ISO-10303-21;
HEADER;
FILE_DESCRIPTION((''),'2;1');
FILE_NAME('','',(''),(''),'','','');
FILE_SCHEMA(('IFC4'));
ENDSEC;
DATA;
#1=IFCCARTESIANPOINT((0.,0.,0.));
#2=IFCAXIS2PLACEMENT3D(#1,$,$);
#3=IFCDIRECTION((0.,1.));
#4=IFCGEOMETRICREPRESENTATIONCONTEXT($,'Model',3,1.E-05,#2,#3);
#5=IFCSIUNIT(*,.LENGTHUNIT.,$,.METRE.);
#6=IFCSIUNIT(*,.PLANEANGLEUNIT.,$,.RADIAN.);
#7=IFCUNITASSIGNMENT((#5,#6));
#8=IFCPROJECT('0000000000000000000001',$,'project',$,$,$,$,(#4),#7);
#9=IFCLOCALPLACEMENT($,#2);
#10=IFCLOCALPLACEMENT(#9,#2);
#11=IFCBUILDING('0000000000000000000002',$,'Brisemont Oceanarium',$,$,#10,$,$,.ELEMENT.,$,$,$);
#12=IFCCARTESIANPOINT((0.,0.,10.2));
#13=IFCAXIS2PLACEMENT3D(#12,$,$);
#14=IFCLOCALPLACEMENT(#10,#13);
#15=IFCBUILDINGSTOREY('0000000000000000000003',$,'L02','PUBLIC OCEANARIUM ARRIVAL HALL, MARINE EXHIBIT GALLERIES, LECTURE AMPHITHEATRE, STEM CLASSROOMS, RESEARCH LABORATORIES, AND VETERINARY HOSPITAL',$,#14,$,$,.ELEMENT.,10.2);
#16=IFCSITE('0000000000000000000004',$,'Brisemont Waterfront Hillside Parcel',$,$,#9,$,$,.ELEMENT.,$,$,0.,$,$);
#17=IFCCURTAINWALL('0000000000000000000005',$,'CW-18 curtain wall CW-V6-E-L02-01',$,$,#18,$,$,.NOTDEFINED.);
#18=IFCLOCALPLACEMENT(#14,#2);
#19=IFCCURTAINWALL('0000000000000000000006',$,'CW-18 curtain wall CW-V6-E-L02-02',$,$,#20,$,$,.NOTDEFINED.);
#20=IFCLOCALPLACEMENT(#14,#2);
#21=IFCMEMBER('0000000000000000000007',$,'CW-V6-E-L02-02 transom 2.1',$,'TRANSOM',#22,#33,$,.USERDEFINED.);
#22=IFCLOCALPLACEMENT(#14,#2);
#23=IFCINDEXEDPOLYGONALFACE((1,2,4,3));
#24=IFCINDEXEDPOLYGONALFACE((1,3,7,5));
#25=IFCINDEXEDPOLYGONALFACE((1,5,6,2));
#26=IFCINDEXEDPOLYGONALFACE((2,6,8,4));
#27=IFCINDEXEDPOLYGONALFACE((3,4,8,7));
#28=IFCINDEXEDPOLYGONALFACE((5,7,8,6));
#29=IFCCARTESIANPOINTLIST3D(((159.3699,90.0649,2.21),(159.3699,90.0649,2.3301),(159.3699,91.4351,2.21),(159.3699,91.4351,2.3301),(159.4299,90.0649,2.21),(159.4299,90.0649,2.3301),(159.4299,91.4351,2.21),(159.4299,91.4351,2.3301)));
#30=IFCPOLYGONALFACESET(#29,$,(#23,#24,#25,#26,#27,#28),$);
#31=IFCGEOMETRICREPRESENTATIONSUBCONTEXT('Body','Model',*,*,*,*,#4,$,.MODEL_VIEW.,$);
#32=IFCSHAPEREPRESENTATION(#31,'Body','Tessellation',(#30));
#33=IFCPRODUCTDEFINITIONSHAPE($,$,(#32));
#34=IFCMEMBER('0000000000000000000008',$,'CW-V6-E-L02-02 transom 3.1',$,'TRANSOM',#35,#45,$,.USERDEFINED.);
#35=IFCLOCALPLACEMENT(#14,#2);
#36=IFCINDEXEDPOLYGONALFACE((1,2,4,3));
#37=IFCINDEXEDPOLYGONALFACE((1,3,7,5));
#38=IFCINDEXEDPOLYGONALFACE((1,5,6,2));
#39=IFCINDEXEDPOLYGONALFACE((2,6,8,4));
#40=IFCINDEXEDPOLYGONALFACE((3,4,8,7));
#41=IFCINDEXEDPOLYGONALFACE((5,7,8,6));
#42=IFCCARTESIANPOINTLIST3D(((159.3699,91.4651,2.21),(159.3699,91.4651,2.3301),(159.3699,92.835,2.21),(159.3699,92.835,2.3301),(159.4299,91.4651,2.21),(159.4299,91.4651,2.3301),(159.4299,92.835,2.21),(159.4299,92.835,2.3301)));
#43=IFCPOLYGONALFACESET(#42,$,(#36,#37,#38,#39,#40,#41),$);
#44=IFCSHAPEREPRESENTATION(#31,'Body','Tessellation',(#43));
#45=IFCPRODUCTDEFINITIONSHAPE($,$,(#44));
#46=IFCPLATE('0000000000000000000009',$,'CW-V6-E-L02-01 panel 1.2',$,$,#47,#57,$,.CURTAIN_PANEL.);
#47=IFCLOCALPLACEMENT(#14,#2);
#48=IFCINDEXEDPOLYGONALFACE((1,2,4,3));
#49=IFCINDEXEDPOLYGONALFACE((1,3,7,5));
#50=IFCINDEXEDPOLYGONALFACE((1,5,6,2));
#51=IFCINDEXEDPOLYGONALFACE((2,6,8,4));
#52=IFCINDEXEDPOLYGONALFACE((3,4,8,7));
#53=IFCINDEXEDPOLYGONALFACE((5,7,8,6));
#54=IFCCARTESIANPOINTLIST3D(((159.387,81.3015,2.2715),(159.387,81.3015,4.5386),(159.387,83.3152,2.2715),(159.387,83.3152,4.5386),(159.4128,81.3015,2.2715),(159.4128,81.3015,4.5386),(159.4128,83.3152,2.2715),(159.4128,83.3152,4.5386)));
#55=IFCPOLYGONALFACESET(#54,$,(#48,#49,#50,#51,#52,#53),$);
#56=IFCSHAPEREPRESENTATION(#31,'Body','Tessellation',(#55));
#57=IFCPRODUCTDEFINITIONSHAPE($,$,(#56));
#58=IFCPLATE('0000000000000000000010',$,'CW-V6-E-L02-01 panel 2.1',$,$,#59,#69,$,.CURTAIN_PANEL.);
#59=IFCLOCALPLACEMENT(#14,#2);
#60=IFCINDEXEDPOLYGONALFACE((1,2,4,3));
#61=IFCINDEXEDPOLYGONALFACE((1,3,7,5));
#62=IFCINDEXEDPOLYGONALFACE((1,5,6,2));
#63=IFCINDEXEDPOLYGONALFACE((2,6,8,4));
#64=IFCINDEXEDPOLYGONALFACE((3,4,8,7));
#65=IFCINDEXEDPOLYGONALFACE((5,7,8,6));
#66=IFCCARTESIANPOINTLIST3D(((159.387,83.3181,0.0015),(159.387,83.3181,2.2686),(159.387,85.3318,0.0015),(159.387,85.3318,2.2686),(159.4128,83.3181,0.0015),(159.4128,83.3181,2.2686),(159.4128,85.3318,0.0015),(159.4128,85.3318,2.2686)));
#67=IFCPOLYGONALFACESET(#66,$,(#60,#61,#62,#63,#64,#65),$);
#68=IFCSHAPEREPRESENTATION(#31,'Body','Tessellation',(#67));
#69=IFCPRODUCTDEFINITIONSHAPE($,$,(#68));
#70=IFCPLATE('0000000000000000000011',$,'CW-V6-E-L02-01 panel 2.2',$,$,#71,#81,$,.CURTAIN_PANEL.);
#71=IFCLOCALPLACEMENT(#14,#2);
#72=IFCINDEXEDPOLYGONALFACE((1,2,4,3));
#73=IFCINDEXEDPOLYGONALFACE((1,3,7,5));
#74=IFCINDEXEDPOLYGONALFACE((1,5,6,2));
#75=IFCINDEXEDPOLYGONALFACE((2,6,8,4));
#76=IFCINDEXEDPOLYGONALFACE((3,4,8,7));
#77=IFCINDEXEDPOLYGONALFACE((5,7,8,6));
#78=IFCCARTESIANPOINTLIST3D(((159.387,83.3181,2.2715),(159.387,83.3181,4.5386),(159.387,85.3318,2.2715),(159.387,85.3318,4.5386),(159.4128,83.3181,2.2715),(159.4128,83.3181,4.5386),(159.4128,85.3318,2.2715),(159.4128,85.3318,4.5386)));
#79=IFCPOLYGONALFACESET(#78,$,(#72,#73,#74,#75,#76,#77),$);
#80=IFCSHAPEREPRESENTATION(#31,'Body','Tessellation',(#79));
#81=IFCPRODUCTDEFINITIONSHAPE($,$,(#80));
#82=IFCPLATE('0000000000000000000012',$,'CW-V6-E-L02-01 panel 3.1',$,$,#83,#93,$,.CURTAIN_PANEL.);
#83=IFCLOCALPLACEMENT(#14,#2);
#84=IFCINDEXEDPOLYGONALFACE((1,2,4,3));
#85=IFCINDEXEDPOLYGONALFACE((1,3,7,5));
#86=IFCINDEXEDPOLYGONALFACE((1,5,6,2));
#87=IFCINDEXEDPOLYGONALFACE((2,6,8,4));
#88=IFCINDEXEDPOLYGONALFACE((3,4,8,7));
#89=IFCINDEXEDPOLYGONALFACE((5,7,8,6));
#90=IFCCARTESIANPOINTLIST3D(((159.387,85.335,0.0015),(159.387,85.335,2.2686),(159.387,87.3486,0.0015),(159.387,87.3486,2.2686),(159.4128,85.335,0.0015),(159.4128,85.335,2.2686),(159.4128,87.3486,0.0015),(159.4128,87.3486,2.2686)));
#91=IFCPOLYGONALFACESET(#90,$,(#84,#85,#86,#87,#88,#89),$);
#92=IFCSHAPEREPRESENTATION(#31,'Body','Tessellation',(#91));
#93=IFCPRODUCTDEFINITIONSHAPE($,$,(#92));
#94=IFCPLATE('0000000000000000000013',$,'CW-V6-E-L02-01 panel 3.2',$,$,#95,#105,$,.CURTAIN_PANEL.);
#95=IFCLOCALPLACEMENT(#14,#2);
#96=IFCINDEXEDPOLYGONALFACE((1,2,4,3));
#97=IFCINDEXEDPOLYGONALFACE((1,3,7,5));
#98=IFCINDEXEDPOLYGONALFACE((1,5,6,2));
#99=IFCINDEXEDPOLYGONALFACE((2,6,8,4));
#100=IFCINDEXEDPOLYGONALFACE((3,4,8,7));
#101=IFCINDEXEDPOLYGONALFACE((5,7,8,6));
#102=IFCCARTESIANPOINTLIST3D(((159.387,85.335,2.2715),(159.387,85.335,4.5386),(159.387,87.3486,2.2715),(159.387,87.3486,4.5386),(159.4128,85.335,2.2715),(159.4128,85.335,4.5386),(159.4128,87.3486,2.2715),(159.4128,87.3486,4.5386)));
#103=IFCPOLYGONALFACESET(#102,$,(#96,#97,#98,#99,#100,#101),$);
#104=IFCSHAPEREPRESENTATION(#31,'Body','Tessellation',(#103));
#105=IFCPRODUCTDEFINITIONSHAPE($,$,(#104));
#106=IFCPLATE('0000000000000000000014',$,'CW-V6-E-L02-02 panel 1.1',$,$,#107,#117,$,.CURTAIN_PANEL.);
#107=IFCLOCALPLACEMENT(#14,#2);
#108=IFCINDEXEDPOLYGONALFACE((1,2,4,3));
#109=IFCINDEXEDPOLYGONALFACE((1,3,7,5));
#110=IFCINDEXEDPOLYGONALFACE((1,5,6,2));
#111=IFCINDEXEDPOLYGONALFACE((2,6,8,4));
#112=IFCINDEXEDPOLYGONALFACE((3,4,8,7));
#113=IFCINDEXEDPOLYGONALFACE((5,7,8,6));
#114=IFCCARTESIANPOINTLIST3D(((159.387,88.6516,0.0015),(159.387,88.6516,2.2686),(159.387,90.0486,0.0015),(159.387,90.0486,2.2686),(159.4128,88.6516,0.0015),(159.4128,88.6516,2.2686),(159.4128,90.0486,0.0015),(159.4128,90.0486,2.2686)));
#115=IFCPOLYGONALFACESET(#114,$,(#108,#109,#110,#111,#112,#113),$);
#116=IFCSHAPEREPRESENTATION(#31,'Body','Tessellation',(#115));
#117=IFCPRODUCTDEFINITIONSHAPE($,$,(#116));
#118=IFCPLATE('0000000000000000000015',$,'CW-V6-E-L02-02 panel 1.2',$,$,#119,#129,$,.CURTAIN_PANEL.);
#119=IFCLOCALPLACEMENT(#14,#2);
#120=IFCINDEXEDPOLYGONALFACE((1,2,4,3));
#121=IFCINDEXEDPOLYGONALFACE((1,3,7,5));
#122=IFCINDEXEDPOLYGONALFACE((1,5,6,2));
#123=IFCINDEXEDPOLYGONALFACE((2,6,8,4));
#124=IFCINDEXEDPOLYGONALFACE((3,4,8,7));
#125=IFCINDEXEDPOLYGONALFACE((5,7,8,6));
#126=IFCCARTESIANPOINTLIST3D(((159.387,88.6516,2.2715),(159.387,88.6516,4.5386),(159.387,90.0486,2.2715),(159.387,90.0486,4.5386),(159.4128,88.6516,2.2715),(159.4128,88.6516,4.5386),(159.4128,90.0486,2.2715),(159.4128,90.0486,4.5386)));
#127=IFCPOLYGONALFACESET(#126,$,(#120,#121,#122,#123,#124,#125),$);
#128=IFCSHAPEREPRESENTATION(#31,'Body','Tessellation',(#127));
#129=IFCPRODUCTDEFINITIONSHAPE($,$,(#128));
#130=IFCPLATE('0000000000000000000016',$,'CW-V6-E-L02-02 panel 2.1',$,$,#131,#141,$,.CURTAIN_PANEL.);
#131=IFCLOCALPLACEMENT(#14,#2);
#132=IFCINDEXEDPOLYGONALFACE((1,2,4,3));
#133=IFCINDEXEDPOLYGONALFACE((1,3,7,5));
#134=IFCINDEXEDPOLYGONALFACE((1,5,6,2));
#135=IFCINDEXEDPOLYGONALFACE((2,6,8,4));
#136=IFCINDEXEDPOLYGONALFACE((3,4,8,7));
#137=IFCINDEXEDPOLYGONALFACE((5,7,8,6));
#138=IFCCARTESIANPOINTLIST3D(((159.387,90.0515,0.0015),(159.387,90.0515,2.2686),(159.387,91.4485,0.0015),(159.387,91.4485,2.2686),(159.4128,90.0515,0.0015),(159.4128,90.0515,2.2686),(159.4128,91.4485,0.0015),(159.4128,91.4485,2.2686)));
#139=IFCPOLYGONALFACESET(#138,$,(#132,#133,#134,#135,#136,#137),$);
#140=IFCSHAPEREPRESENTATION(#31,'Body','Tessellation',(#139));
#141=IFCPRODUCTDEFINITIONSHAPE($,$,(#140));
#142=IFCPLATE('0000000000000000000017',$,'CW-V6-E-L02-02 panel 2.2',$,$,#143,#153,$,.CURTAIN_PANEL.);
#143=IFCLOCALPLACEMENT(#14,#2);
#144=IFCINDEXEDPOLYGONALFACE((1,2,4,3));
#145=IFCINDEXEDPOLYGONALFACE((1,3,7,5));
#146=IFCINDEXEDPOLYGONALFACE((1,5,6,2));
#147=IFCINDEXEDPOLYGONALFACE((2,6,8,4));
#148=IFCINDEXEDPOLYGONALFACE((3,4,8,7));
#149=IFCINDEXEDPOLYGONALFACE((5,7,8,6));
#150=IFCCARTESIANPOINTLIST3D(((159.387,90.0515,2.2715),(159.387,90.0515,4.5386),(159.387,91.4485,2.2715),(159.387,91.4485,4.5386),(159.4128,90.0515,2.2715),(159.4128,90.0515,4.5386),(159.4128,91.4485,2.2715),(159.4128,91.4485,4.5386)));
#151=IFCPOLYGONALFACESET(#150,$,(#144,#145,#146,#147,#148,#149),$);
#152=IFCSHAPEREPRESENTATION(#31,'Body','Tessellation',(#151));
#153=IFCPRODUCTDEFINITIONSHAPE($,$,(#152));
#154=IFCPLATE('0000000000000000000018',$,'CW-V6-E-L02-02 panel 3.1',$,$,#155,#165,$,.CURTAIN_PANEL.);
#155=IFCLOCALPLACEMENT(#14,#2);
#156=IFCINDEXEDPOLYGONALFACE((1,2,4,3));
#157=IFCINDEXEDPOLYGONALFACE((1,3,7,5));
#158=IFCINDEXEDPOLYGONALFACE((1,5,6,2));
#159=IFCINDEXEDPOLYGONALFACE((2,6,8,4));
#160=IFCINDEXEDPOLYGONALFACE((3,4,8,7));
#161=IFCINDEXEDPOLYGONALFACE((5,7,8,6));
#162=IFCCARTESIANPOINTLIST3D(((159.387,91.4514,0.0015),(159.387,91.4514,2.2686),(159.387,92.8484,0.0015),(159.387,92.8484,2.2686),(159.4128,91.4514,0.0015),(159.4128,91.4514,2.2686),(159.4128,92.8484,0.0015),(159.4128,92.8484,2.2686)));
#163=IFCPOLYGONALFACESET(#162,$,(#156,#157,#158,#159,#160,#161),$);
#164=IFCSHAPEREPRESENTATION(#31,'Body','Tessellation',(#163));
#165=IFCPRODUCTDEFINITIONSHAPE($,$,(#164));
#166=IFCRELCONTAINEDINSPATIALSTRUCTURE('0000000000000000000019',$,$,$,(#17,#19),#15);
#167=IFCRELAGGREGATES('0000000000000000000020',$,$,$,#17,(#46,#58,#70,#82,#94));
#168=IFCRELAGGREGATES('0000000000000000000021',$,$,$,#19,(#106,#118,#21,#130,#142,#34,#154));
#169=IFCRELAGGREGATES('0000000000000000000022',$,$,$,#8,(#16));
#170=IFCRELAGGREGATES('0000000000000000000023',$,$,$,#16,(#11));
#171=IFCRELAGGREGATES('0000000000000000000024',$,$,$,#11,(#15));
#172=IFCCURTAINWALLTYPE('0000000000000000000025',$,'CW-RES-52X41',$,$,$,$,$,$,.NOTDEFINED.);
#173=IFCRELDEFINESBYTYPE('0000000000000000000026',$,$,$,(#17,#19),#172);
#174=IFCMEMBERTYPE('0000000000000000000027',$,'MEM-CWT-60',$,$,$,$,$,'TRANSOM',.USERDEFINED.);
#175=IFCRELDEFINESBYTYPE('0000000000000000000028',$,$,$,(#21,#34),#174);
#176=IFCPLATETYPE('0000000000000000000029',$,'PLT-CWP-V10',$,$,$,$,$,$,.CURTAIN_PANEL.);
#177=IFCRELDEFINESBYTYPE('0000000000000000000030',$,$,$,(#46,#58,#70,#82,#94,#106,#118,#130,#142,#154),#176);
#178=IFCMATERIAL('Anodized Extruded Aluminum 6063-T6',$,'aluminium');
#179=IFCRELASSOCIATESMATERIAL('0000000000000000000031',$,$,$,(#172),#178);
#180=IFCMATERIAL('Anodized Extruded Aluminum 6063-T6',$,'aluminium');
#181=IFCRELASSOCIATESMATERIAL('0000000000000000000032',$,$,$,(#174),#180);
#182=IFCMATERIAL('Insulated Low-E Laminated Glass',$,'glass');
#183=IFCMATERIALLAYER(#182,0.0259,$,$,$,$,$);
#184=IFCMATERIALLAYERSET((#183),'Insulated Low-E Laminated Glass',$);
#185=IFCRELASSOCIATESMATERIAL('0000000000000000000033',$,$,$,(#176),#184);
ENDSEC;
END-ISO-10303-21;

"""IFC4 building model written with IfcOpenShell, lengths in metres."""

from ifc_helpers import new_model, si_unit, direction, frame, origin, origin_2d, place, context, subcontext, project, spatial, rectangle, extrude, material, layer, layer_set, material_profile, profile_set, type_object, element, aggregate, save


model = new_model("IFC4")

# Units and contexts
model_context = context("Model", 3, precision=1e-05, world=origin(), true_north=direction((0.0, 1.0)))
body_context = subcontext(model_context, "Body", "Model", "MODEL_VIEW")
ifc_project = project(units=[si_unit("LENGTHUNIT", "METRE"), si_unit("PLANEANGLEUNIT", "RADIAN")], contexts=[model_context])

# Site, building, storey
site_placement = place(None, origin())
site = spatial("IfcSite", under=ifc_project, at=site_placement, Name="Brisemont Waterfront Hillside Parcel", CompositionType="ELEMENT", RefElevation=0.0)
building_placement = place(site_placement, origin())
building = spatial("IfcBuilding", under=site, at=building_placement, Name="Brisemont Oceanarium", CompositionType="ELEMENT")
storey_placement = place(building_placement, frame((0.0, 0.0, 10.2)))
storey = spatial("IfcBuildingStorey", under=building, at=storey_placement, Name="L02", Description="PUBLIC OCEANARIUM ARRIVAL HALL, MARINE EXHIBIT GALLERIES, LECTURE AMPHITHEATRE, STEM CLASSROOMS, RESEARCH LABORATORIES, AND VETERINARY HOSPITAL", CompositionType="ELEMENT", Elevation=10.2)

# Curtain walls
ifc_material_1 = material(Name="Anodized Extruded Aluminum 6063-T6", Category="aluminium")
curtain_wall_type = type_object("IfcCurtainWallType", Name="CW-RES-52X41", PredefinedType="NOTDEFINED", material=ifc_material_1)
curtain_wall_1_placement = place(storey_placement, origin())
curtain_wall_1 = element("IfcCurtainWall", 1, at=curtain_wall_1_placement, inside=storey, type_object=curtain_wall_type, Name="CW-18 curtain wall CW-V6-E-L02-01", PredefinedType="NOTDEFINED")
curtain_wall_2_placement = place(storey_placement, origin())
curtain_wall_2 = element("IfcCurtainWall", 2, at=curtain_wall_2_placement, inside=storey, type_object=curtain_wall_type, Name="CW-18 curtain wall CW-V6-E-L02-02", PredefinedType="NOTDEFINED")

# Members
ifc_material_2 = material(Name="Anodized Extruded Aluminum 6063-T6", Category="aluminium")
ifc_material_profile_1 = material_profile(ifc_material_2, rectangle(XDim=0.0601, YDim=0.1201, at=origin_2d()), Name="CWT-60X120")
ifc_profile_set_1 = profile_set([ifc_material_profile_1], Name="Anodized Extruded Aluminum 6063-T6")
member_type_1 = type_object("IfcMemberType", Name="MEM-CWT-60", ElementType="TRANSOM", PredefinedType="USERDEFINED", material=ifc_profile_set_1)
member_1_placement = place(storey_placement, frame((159.3999, 90.0649, 2.27), z_axis=(0.0, 1.0, 0.0), x_axis=(-1.0, 0.0, 0.0)))
member_1 = element("IfcMember", 3, at=member_1_placement, type_object=member_type_1, Name="CW-V6-E-L02-02 transom 2.1", ObjectType="TRANSOM", PredefinedType="USERDEFINED", context=body_context, shape_type="SweptSolid", body=[
    extrude(rectangle(XDim=0.0601, YDim=0.1201, at=origin_2d()), origin(), (0.0, 0.0, 1.0), 1.3701),
])
member_2_placement = place(storey_placement, frame((159.3999, 91.4651, 2.27), z_axis=(0.0, 1.0, 0.0), x_axis=(-1.0, 0.0, 0.0)))
member_2 = element("IfcMember", 4, at=member_2_placement, type_object=member_type_1, Name="CW-V6-E-L02-02 transom 3.1", ObjectType="TRANSOM", PredefinedType="USERDEFINED", context=body_context, shape_type="SweptSolid", body=[
    extrude(rectangle(XDim=0.0601, YDim=0.1201, at=origin_2d()), origin(), (0.0, 0.0, 1.0), 1.3699),
])

# Plates
ifc_material_3 = material(Name="Insulated Low-E Laminated Glass", Category="glass")
ifc_layer = layer(ifc_material_3, 0.0259)
ifc_layer_set = layer_set([ifc_layer], Name="Insulated Low-E Laminated Glass")
plate_type = type_object("IfcPlateType", Name="PLT-CWP-V10", PredefinedType="CURTAIN_PANEL", material=ifc_layer_set)
plate_1_placement = place(storey_placement, frame((159.3999, 82.3083, 2.2715), z_axis=(0.0, 0.0, 1.0), x_axis=(0.0, 1.0, 0.0)))
plate_1 = element("IfcPlate", 5, at=plate_1_placement, type_object=plate_type, Name="CW-V6-E-L02-01 panel 1.2", PredefinedType="CURTAIN_PANEL", context=body_context, shape_type="SweptSolid", body=[
    extrude(rectangle(XDim=2.0137, YDim=0.0259, at=origin_2d()), origin(), (0.0, 0.0, 1.0), 2.2671),
])
plate_2_placement = place(storey_placement, frame((159.3999, 84.325, 0.0015), z_axis=(0.0, 0.0, 1.0), x_axis=(0.0, 1.0, 0.0)))
plate_2 = element("IfcPlate", 6, at=plate_2_placement, type_object=plate_type, Name="CW-V6-E-L02-01 panel 2.1", PredefinedType="CURTAIN_PANEL", context=body_context, shape_type="SweptSolid", body=[
    extrude(rectangle(XDim=2.0137, YDim=0.0259, at=origin_2d()), origin(), (0.0, 0.0, 1.0), 2.2671),
])
plate_3_placement = place(storey_placement, frame((159.3999, 84.325, 2.2715), z_axis=(0.0, 0.0, 1.0), x_axis=(0.0, 1.0, 0.0)))
plate_3 = element("IfcPlate", 7, at=plate_3_placement, type_object=plate_type, Name="CW-V6-E-L02-01 panel 2.2", PredefinedType="CURTAIN_PANEL", context=body_context, shape_type="SweptSolid", body=[
    extrude(rectangle(XDim=2.0137, YDim=0.0259, at=origin_2d()), origin(), (0.0, 0.0, 1.0), 2.2671),
])
plate_4_placement = place(storey_placement, frame((159.3999, 86.3418, 0.0015), z_axis=(0.0, 0.0, 1.0), x_axis=(0.0, 1.0, 0.0)))
plate_4 = element("IfcPlate", 8, at=plate_4_placement, type_object=plate_type, Name="CW-V6-E-L02-01 panel 3.1", PredefinedType="CURTAIN_PANEL", context=body_context, shape_type="SweptSolid", body=[
    extrude(rectangle(XDim=2.0137, YDim=0.0259, at=origin_2d()), origin(), (0.0, 0.0, 1.0), 2.2671),
])
plate_5_placement = place(storey_placement, frame((159.3999, 86.3418, 2.2715), z_axis=(0.0, 0.0, 1.0), x_axis=(0.0, 1.0, 0.0)))
plate_5 = element("IfcPlate", 9, at=plate_5_placement, type_object=plate_type, Name="CW-V6-E-L02-01 panel 3.2", PredefinedType="CURTAIN_PANEL", context=body_context, shape_type="SweptSolid", body=[
    extrude(rectangle(XDim=2.0137, YDim=0.0259, at=origin_2d()), origin(), (0.0, 0.0, 1.0), 2.2671),
])
aggregate(curtain_wall_1, [plate_1, plate_2, plate_3, plate_4, plate_5])
plate_6_placement = place(storey_placement, frame((159.3999, 89.3501, 0.0015), z_axis=(0.0, 0.0, 1.0), x_axis=(0.0, 1.0, 0.0)))
plate_6 = element("IfcPlate", 10, at=plate_6_placement, type_object=plate_type, Name="CW-V6-E-L02-02 panel 1.1", PredefinedType="CURTAIN_PANEL", context=body_context, shape_type="SweptSolid", body=[
    extrude(rectangle(XDim=1.397, YDim=0.0259, at=origin_2d()), origin(), (0.0, 0.0, 1.0), 2.2671),
])
plate_7_placement = place(storey_placement, frame((159.3999, 89.3501, 2.2715), z_axis=(0.0, 0.0, 1.0), x_axis=(0.0, 1.0, 0.0)))
plate_7 = element("IfcPlate", 11, at=plate_7_placement, type_object=plate_type, Name="CW-V6-E-L02-02 panel 1.2", PredefinedType="CURTAIN_PANEL", context=body_context, shape_type="SweptSolid", body=[
    extrude(rectangle(XDim=1.397, YDim=0.0259, at=origin_2d()), origin(), (0.0, 0.0, 1.0), 2.2671),
])
plate_8_placement = place(storey_placement, frame((159.3999, 90.75, 0.0015), z_axis=(0.0, 0.0, 1.0), x_axis=(0.0, 1.0, 0.0)))
plate_8 = element("IfcPlate", 12, at=plate_8_placement, type_object=plate_type, Name="CW-V6-E-L02-02 panel 2.1", PredefinedType="CURTAIN_PANEL", context=body_context, shape_type="SweptSolid", body=[
    extrude(rectangle(XDim=1.397, YDim=0.0259, at=origin_2d()), origin(), (0.0, 0.0, 1.0), 2.2671),
])
plate_9_placement = place(storey_placement, frame((159.3999, 90.75, 2.2715), z_axis=(0.0, 0.0, 1.0), x_axis=(0.0, 1.0, 0.0)))
plate_9 = element("IfcPlate", 13, at=plate_9_placement, type_object=plate_type, Name="CW-V6-E-L02-02 panel 2.2", PredefinedType="CURTAIN_PANEL", context=body_context, shape_type="SweptSolid", body=[
    extrude(rectangle(XDim=1.397, YDim=0.0259, at=origin_2d()), origin(), (0.0, 0.0, 1.0), 2.2671),
])
plate_10_placement = place(storey_placement, frame((159.3999, 92.1499, 0.0015), z_axis=(0.0, 0.0, 1.0), x_axis=(0.0, 1.0, 0.0)))
plate_10 = element("IfcPlate", 14, at=plate_10_placement, type_object=plate_type, Name="CW-V6-E-L02-02 panel 3.1", PredefinedType="CURTAIN_PANEL", context=body_context, shape_type="SweptSolid", body=[
    extrude(rectangle(XDim=1.397, YDim=0.0259, at=origin_2d()), origin(), (0.0, 0.0, 1.0), 2.2671),
])
aggregate(curtain_wall_2, [plate_6, plate_7, member_1, plate_8, plate_9, member_2, plate_10])

save(model, "model.ifc")
